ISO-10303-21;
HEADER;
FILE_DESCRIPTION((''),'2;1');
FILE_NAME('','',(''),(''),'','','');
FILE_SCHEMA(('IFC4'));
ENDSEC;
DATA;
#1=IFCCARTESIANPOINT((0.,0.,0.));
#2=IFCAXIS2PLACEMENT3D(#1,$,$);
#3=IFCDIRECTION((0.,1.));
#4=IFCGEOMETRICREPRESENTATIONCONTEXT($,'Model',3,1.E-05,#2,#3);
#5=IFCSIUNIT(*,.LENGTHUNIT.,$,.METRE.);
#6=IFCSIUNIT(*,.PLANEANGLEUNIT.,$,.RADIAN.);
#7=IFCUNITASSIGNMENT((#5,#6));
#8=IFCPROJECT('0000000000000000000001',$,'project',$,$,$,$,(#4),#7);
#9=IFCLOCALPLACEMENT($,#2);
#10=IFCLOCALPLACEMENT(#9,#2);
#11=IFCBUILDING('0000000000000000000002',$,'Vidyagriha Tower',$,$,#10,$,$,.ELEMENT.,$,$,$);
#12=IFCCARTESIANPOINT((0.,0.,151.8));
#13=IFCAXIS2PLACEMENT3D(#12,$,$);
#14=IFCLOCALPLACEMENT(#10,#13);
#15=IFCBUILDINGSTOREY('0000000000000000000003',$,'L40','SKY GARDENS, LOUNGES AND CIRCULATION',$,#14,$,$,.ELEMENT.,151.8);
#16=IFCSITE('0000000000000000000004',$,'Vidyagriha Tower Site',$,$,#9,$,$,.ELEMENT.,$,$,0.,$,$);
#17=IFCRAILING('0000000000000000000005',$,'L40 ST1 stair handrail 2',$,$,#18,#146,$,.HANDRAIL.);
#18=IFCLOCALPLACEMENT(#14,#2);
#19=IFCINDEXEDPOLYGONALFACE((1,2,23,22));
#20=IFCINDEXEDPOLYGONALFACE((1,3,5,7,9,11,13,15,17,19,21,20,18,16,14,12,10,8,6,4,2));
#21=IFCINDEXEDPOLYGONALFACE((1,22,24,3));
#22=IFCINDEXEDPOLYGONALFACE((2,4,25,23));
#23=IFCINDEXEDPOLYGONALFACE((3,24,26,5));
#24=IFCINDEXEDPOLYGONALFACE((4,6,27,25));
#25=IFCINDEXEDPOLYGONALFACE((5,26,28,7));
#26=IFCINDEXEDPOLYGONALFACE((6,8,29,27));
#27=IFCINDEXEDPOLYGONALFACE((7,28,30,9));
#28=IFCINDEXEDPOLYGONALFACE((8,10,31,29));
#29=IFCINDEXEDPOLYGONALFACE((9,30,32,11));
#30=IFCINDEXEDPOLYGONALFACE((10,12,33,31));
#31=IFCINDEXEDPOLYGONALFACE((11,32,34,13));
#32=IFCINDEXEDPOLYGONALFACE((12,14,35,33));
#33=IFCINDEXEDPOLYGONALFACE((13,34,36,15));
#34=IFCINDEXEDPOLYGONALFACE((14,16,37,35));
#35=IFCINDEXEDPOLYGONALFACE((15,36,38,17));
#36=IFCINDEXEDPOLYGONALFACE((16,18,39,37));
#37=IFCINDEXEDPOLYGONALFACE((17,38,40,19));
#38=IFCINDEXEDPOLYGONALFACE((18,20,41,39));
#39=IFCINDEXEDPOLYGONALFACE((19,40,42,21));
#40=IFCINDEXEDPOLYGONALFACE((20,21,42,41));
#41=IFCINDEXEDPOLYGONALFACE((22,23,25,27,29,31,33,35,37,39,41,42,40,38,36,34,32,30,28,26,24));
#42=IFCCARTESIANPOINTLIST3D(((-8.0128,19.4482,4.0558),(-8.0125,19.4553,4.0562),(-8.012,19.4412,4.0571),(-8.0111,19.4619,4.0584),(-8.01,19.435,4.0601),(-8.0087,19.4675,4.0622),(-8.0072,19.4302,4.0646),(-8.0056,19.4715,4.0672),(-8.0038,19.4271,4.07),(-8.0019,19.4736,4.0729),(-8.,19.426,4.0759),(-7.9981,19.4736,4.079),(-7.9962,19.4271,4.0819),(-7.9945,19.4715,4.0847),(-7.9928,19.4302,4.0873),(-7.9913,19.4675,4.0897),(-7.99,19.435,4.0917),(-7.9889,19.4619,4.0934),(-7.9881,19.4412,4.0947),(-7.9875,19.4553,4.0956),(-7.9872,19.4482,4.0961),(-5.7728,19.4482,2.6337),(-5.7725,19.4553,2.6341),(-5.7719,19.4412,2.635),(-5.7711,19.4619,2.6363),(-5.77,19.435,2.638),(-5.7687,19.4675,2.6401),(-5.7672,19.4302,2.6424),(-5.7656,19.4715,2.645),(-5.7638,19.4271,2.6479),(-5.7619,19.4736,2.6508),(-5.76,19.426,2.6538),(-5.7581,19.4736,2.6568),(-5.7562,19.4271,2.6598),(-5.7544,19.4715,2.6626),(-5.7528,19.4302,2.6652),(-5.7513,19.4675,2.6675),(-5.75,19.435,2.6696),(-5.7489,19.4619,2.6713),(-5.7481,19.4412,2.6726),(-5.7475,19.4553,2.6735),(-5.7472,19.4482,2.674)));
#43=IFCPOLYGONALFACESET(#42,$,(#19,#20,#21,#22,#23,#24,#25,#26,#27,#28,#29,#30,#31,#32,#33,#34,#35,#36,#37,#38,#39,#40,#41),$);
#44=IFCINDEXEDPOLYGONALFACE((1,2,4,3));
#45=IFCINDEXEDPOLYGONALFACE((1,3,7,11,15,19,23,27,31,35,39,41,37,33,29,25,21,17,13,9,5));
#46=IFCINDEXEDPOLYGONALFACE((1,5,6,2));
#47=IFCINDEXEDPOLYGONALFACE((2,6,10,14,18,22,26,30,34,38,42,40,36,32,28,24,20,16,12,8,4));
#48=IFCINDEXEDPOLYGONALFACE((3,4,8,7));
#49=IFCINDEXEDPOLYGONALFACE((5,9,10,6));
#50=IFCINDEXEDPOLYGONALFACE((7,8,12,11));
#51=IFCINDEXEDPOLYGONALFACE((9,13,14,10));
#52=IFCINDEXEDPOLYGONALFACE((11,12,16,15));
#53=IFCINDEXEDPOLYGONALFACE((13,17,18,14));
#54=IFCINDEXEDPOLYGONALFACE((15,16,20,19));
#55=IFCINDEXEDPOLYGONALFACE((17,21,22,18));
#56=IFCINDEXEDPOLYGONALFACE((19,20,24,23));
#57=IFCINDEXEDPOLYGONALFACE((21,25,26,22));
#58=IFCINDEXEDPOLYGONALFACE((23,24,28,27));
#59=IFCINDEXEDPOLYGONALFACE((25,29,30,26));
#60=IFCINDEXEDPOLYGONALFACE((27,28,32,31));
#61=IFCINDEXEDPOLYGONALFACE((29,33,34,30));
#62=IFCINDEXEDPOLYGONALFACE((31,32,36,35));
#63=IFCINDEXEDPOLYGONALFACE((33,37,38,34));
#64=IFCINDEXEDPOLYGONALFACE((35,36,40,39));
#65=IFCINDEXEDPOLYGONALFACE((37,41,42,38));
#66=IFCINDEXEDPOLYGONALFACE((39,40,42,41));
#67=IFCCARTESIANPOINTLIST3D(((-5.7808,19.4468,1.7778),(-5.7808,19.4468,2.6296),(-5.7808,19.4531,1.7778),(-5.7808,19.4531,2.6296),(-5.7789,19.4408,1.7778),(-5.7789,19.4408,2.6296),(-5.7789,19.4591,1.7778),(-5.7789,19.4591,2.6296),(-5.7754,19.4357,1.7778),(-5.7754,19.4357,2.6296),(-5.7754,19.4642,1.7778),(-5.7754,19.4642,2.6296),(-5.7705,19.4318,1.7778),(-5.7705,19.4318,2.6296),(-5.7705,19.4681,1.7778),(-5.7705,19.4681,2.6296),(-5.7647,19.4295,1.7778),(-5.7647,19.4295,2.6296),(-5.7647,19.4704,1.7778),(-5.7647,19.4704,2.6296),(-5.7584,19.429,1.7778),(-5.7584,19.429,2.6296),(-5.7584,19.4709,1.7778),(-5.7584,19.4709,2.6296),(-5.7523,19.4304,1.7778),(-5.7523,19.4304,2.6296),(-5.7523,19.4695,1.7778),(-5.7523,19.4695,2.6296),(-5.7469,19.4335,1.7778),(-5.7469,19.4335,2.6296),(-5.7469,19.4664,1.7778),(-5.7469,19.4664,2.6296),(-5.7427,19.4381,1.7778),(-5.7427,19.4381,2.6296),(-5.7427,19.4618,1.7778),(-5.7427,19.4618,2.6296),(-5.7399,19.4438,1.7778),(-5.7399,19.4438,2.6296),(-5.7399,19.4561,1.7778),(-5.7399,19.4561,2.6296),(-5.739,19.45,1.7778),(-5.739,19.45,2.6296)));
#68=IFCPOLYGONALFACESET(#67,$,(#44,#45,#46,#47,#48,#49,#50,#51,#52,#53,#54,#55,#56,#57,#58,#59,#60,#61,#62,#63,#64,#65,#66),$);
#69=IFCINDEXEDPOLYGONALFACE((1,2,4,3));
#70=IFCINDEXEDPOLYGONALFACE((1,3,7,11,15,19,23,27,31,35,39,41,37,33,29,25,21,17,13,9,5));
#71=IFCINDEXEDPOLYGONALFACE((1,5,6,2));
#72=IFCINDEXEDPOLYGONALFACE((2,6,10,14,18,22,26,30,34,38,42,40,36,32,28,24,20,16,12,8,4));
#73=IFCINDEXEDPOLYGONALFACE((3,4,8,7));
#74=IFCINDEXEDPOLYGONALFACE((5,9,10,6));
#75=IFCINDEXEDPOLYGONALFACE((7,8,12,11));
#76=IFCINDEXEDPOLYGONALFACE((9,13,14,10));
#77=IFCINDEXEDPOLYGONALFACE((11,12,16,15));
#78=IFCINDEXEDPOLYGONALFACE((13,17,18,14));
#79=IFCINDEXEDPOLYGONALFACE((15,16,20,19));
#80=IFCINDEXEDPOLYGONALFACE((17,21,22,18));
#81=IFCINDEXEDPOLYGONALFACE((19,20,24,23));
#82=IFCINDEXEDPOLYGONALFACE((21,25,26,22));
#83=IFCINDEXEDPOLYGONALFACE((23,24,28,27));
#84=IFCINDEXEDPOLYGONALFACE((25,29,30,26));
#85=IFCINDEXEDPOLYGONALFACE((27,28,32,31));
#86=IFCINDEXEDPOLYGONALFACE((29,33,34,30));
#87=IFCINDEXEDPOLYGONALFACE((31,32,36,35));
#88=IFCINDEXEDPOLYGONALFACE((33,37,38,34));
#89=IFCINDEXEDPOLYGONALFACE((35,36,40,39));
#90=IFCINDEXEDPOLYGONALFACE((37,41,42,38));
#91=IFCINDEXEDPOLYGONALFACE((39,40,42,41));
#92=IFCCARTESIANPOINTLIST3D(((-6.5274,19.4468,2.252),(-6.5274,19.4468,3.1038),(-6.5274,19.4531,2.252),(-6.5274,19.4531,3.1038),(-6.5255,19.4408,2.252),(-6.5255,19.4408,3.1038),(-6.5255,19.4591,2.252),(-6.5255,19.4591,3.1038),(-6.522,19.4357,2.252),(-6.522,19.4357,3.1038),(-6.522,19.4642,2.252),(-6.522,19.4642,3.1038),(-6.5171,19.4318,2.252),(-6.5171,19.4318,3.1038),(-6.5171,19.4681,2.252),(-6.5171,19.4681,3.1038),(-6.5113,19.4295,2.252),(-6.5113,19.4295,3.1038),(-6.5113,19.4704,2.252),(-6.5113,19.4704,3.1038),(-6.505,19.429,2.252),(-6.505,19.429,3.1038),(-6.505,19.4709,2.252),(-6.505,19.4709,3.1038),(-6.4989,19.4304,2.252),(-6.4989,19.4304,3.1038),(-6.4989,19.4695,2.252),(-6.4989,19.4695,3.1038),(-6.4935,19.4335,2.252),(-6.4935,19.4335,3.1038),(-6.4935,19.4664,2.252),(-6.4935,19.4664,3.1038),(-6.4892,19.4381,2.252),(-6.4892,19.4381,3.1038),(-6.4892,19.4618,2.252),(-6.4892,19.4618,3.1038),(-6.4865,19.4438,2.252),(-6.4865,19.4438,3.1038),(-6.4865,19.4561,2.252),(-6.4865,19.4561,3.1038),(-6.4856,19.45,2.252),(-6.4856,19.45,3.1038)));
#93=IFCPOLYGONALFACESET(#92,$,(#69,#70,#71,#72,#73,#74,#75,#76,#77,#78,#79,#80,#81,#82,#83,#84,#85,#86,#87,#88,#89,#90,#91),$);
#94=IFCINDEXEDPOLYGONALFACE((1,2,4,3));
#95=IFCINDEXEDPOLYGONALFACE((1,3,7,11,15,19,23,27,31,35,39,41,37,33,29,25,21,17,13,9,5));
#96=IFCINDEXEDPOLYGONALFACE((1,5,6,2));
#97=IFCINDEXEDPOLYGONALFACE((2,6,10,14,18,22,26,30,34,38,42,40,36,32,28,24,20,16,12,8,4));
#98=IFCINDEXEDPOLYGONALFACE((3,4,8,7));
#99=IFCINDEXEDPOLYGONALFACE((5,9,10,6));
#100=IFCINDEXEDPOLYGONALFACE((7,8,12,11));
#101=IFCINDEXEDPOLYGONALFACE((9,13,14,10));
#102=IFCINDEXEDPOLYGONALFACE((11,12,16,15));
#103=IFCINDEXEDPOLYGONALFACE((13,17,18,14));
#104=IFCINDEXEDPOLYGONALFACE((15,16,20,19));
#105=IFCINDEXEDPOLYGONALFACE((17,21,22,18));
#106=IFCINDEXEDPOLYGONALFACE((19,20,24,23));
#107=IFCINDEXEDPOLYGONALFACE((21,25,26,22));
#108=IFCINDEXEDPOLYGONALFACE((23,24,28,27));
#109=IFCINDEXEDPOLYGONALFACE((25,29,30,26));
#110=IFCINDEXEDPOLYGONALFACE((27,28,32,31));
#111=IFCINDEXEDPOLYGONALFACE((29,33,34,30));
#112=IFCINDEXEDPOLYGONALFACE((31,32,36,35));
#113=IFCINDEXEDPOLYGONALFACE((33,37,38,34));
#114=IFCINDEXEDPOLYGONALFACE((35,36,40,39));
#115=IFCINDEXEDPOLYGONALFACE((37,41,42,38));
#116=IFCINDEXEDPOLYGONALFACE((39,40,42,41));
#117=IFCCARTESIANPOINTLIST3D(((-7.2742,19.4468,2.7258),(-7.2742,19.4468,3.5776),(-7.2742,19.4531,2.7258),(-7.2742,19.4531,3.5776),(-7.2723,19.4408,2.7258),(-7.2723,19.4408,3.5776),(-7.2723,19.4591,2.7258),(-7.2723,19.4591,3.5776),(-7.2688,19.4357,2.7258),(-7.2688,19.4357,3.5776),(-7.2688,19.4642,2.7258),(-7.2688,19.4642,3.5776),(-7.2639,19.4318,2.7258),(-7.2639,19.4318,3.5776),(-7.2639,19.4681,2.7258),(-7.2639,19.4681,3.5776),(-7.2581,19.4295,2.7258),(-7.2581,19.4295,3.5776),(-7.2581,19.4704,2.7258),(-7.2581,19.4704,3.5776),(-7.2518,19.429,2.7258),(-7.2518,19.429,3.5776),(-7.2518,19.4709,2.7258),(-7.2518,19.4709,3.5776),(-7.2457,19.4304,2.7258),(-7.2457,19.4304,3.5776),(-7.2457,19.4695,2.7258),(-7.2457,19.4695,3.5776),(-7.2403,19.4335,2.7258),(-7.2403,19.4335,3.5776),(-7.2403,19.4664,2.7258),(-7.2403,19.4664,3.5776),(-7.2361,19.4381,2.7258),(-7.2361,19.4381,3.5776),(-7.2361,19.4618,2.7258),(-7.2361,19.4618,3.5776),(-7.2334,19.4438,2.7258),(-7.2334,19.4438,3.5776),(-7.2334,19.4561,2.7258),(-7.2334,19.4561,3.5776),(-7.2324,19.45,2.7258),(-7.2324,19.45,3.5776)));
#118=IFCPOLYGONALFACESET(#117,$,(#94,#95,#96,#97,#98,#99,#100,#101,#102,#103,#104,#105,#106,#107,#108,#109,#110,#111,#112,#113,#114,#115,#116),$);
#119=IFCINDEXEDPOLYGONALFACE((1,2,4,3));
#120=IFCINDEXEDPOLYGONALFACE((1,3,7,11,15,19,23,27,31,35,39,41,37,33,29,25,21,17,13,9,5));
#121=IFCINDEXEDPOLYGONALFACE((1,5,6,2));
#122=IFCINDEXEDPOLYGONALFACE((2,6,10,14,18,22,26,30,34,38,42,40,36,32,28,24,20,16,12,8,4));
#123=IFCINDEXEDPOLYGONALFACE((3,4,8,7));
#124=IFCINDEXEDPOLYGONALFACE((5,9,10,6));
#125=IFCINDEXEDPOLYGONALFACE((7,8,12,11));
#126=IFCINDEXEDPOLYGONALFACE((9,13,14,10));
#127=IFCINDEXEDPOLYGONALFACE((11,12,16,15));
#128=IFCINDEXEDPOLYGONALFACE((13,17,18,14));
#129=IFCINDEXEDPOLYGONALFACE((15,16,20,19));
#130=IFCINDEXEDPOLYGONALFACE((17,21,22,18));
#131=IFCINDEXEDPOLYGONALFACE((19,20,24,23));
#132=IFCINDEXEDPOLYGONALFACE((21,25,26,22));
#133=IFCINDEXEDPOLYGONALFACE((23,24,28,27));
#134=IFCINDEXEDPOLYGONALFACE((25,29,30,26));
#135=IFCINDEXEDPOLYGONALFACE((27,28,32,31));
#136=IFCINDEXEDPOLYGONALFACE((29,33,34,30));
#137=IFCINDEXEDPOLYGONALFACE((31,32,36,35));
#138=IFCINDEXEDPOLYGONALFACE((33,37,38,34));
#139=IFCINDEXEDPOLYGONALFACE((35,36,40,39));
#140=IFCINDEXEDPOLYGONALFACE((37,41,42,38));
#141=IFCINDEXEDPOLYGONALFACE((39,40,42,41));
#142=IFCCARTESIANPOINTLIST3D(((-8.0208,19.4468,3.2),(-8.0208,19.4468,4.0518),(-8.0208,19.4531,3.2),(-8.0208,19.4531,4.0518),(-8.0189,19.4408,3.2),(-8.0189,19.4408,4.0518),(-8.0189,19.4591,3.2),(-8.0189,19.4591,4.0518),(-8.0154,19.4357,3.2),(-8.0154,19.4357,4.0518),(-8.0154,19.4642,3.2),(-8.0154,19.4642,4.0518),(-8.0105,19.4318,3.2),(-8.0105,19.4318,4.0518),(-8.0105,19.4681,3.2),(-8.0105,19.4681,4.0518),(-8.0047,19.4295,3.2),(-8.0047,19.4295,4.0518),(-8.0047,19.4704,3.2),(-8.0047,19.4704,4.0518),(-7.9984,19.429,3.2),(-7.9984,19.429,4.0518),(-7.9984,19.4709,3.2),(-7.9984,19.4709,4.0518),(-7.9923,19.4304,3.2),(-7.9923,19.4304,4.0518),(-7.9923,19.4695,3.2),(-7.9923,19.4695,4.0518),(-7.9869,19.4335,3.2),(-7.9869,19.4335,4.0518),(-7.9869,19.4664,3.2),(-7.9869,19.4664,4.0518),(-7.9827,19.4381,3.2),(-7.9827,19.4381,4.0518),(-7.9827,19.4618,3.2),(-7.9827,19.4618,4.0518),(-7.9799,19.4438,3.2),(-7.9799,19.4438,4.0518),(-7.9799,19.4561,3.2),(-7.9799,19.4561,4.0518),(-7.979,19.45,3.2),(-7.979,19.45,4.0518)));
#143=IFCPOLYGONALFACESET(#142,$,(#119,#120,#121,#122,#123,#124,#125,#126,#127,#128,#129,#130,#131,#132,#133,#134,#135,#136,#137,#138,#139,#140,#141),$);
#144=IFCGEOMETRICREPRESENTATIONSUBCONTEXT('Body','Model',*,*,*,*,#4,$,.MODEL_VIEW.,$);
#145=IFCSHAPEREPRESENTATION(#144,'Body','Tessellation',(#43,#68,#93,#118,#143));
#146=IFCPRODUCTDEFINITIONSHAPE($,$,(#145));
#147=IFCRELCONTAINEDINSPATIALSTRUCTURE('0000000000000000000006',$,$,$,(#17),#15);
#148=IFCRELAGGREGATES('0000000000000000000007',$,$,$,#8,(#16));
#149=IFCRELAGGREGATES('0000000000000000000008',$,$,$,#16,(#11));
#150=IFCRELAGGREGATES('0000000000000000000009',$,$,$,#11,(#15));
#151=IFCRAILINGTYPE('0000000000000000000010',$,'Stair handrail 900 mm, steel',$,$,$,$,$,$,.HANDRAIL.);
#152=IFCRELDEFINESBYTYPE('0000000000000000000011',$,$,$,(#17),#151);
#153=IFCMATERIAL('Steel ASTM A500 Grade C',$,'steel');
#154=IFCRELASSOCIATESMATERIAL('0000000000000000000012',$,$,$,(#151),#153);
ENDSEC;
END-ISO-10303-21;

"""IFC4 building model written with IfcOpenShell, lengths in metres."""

from ifc_helpers import new_model, si_unit, direction, frame, origin, origin_2d, place, context, subcontext, project, spatial, circle, extrude, material, type_object, element, save


model = new_model("IFC4")

# Units and contexts
model_context = context("Model", 3, precision=1e-05, world=origin(), true_north=direction((0.0, 1.0)))
body_context = subcontext(model_context, "Body", "Model", "MODEL_VIEW")
ifc_project = project(units=[si_unit("LENGTHUNIT", "METRE"), si_unit("PLANEANGLEUNIT", "RADIAN")], contexts=[model_context])

# Site, building, storey
site_placement = place(None, origin())
site = spatial("IfcSite", under=ifc_project, at=site_placement, Name="Vidyagriha Tower Site", CompositionType="ELEMENT", RefElevation=0.0)
building_placement = place(site_placement, origin())
building = spatial("IfcBuilding", under=site, at=building_placement, Name="Vidyagriha Tower", CompositionType="ELEMENT")
storey_placement = place(building_placement, frame((0.0, 0.0, 151.8)))
storey = spatial("IfcBuildingStorey", under=building, at=storey_placement, Name="L40", Description="SKY GARDENS, LOUNGES AND CIRCULATION", CompositionType="ELEMENT", Elevation=151.8)

# Railing
ifc_material_1 = material(Name="Steel ASTM A500 Grade C", Category="steel")
railing_type_1 = type_object("IfcRailingType", Name="Stair handrail 900 mm, steel", PredefinedType="HANDRAIL", material=ifc_material_1)
for number, where, name in (
    (1, (-5.76, 19.45, 1.7778), "L40 ST1 stair handrail 2"),
):
    element("IfcRailing", number, at=place(storey_placement, frame(where)), inside=storey, type_object=railing_type_1, Name=name, PredefinedType="HANDRAIL", context=body_context, shape_type="SweptSolid", body=[
        extrude(circle(Radius=0.0239, at=origin_2d()), frame((0.0, 0.0, 0.876), z_axis=(-0.844229, 0.0, 0.535982), x_axis=(0.0, -1.0, 0.0)), (0.0, 0.0, 1.0), 2.6533),
        extrude(circle(Radius=0.021, at=origin_2d()), origin(), (0.0, 0.0, 1.0), 0.8518),
        extrude(circle(Radius=0.021, at=origin_2d()), frame((-0.7466, 0.0, 0.4741)), (0.0, 0.0, 1.0), 0.8518),
        extrude(circle(Radius=0.021, at=origin_2d()), frame((-1.4934, 0.0, 0.948)), (0.0, 0.0, 1.0), 0.8518),
        extrude(circle(Radius=0.021, at=origin_2d()), frame((-2.24, 0.0, 1.4221)), (0.0, 0.0, 1.0), 0.8518),
    ])

save(model, "model.ifc")
